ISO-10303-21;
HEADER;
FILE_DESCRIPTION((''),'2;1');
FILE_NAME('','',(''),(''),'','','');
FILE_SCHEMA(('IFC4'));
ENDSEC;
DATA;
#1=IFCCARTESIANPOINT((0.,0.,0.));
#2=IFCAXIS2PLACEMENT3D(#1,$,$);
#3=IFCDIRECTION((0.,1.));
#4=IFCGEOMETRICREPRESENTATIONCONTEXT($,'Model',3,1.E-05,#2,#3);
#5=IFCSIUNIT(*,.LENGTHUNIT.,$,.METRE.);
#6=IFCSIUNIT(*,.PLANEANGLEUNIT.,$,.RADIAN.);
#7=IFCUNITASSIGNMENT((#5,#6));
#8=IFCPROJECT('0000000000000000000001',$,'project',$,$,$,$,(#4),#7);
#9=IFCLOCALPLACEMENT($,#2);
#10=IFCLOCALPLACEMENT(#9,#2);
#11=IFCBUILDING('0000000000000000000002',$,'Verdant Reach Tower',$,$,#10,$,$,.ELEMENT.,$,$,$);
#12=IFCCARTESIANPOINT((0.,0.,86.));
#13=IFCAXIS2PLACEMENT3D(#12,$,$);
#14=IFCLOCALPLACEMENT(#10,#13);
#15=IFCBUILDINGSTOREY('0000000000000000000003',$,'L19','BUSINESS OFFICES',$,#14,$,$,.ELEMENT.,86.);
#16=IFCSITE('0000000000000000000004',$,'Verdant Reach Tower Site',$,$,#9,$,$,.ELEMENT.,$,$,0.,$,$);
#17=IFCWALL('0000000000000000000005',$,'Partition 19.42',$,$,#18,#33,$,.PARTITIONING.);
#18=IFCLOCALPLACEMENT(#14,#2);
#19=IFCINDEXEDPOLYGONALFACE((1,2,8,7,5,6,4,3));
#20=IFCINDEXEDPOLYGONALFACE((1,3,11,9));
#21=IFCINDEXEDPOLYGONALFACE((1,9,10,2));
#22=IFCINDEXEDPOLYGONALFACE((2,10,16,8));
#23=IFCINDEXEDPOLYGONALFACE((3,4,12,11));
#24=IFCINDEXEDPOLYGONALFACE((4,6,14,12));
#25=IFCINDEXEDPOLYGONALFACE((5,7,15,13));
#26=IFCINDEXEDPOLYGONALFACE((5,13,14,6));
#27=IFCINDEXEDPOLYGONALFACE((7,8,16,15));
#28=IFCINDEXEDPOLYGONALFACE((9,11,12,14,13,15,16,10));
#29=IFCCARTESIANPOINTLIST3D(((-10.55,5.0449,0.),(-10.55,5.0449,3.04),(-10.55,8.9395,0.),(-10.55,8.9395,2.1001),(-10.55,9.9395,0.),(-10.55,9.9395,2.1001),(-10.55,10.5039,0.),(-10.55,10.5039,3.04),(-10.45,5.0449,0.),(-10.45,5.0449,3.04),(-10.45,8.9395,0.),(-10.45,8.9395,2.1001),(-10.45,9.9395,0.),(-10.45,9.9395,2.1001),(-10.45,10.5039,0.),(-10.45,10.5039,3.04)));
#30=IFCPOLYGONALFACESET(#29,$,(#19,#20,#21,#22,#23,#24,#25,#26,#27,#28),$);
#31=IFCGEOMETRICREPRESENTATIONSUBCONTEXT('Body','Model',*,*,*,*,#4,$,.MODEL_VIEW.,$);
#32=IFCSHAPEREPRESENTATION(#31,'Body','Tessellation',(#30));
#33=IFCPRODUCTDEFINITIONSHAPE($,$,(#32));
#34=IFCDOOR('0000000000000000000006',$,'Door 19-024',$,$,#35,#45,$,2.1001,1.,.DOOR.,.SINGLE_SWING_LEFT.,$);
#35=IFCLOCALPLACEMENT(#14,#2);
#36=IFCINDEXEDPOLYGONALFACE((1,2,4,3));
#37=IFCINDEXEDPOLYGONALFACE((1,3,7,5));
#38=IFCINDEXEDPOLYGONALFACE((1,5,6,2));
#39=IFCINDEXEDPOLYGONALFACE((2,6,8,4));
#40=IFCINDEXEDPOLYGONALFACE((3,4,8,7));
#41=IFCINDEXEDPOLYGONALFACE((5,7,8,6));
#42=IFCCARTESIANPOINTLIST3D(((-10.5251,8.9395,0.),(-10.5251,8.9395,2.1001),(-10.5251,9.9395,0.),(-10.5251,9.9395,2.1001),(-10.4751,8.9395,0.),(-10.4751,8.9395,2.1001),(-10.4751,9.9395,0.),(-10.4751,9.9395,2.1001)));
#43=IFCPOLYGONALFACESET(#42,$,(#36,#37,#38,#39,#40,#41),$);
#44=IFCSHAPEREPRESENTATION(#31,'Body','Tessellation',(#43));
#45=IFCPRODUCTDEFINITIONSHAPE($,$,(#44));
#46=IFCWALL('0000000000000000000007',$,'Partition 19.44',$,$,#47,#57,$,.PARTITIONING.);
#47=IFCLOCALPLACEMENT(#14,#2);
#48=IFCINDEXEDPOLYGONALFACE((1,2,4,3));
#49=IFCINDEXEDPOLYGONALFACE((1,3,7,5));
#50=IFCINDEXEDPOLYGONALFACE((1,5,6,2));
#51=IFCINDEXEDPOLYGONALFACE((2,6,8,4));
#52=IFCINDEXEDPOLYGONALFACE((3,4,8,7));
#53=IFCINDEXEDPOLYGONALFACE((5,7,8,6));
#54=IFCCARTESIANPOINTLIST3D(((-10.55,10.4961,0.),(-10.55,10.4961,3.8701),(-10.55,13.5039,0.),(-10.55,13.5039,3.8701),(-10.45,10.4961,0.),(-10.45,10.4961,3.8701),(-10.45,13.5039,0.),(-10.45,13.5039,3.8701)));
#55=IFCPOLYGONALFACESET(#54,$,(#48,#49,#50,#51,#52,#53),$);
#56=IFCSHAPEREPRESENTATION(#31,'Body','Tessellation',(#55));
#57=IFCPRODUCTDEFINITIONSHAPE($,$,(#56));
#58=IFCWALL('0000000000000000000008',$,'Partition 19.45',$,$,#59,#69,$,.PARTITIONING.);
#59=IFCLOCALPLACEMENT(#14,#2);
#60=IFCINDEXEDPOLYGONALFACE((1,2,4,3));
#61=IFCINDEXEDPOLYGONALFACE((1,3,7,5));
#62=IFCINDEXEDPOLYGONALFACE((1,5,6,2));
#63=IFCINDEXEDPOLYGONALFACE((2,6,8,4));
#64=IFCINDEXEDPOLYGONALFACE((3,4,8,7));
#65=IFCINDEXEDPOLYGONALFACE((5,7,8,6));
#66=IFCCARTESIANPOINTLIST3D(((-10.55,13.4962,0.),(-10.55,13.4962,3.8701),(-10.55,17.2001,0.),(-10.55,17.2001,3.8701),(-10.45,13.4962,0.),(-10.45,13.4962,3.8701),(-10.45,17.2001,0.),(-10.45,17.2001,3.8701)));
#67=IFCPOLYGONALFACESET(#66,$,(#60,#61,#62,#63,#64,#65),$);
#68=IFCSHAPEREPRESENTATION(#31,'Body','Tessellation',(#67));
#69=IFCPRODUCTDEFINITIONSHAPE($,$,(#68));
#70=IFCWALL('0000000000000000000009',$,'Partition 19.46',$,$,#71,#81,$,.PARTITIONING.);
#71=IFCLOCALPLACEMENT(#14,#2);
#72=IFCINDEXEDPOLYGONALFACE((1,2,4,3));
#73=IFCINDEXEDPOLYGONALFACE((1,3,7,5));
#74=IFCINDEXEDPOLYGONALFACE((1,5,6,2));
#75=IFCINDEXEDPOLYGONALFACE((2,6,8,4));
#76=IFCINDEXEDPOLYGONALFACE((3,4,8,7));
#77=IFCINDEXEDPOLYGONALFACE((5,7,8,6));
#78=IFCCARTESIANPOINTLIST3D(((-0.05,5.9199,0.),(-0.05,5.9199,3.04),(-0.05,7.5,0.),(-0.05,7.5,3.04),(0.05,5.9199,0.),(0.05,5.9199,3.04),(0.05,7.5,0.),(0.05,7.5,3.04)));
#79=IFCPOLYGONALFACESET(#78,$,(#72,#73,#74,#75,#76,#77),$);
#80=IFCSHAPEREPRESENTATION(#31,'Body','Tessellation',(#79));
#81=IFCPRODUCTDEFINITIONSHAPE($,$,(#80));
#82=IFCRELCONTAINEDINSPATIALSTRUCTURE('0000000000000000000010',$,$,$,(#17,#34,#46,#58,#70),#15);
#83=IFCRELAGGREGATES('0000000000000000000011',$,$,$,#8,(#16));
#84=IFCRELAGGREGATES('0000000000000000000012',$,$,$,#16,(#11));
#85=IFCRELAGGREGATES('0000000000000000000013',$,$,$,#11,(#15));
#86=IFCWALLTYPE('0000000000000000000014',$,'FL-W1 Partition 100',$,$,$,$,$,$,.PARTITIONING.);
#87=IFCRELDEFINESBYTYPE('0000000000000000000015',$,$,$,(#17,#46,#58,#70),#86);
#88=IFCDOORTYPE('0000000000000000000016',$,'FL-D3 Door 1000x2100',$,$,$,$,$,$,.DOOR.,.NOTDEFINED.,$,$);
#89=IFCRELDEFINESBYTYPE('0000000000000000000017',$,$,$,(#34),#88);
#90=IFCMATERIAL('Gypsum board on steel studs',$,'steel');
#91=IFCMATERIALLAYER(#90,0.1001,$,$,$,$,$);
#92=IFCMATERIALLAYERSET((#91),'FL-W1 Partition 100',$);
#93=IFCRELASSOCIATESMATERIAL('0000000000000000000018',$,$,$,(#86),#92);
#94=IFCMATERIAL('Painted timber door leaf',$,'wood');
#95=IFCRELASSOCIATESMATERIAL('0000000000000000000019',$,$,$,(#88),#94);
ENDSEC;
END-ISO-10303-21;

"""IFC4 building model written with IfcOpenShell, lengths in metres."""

from ifc_helpers import new_model, si_unit, direction, frame, frame_2d, origin, place, context, subcontext, project, spatial, rectangle, extrude, material, layer, layer_set, type_object, element, fill, save


model = new_model("IFC4")

# Units and contexts
model_context = context("Model", 3, precision=1e-05, world=origin(), true_north=direction((0.0, 1.0)))
body_context = subcontext(model_context, "Body", "Model", "MODEL_VIEW")
ifc_project = project(units=[si_unit("LENGTHUNIT", "METRE"), si_unit("PLANEANGLEUNIT", "RADIAN")], contexts=[model_context])

# Site, building, storey
site_placement = place(None, origin())
site = spatial("IfcSite", under=ifc_project, at=site_placement, Name="Verdant Reach Tower Site", CompositionType="ELEMENT", RefElevation=0.0)
building_placement = place(site_placement, origin())
building = spatial("IfcBuilding", under=site, at=building_placement, Name="Verdant Reach Tower", CompositionType="ELEMENT")
storey_placement = place(building_placement, frame((0.0, 0.0, 86.0)))
storey = spatial("IfcBuildingStorey", under=building, at=storey_placement, Name="L19", Description="BUSINESS OFFICES", CompositionType="ELEMENT", Elevation=86.0)

# Wall, opening, door
ifc_material_1 = material(Name="Gypsum board on steel studs", Category="steel")
ifc_layer_1 = layer(ifc_material_1, 0.1001)
ifc_layer_set_1 = layer_set([ifc_layer_1], Name="FL-W1 Partition 100")
wall_type = type_object("IfcWallType", Name="FL-W1 Partition 100", PredefinedType="PARTITIONING", material=ifc_layer_set_1)
wall_1_placement = place(storey_placement, frame((-10.5, 10.5039, 0.0), z_axis=(0.0, 0.0, 1.0), x_axis=(0.0, -1.0, 0.0)))
wall_1 = element("IfcWall", 1, at=wall_1_placement, inside=storey, type_object=wall_type, Name="Partition 19.42", PredefinedType="PARTITIONING", context=body_context, shape_type="SweptSolid", body=[
    extrude(rectangle(XDim=5.459, YDim=0.1001, at=frame_2d((2.7295, 0.0))), origin(), (0.0, 0.0, 1.0), 3.04),
])
opening_placement = place(wall_1_placement, frame((0.5645, 0.0, 0.0)))
opening = element("IfcOpeningElement", 2, at=opening_placement, cuts=wall_1, PredefinedType="OPENING", context=body_context, shape_type="SweptSolid", body=[
    extrude(rectangle(XDim=1.0, YDim=2.1001, at=frame_2d((0.5, 1.05))), frame((0.0, 0.0601, 0.0), z_axis=(0.0, -1.0, 0.0), x_axis=(1.0, 0.0, 0.0)), (0.0, 0.0, 1.0), 0.1201),
])
ifc_material_2 = material(Name="Painted timber door leaf", Category="wood")
door_type = type_object("IfcDoorType", Name="FL-D3 Door 1000x2100", OperationType="NOTDEFINED", PredefinedType="DOOR", material=ifc_material_2)
door_placement = place(opening_placement, origin())
door = element("IfcDoor", 3, at=door_placement, inside=storey, type_object=door_type, Name="Door 19-024", OperationType="SINGLE_SWING_LEFT", OverallHeight=2.1001, OverallWidth=1.0, PredefinedType="DOOR", context=body_context, shape_type="SweptSolid", body=[
    extrude(rectangle(XDim=1.0, YDim=2.1001, at=frame_2d((0.5, 1.05))), frame((0.0, 0.0249, 0.0), z_axis=(0.0, -1.0, 0.0), x_axis=(1.0, 0.0, 0.0)), (0.0, 0.0, 1.0), 0.05),
])
fill(opening, door)

# Walls
wall_2_placement = place(storey_placement, frame((-10.5, 10.4961, 0.0), z_axis=(0.0, 0.0, 1.0), x_axis=(0.0, 1.0, 0.0)))
element("IfcWall", 4, at=wall_2_placement, inside=storey, type_object=wall_type, Name="Partition 19.44", PredefinedType="PARTITIONING", context=body_context, shape_type="SweptSolid", body=[
    extrude(rectangle(XDim=3.0078, YDim=0.1001, at=frame_2d((1.5039, 0.0))), origin(), (0.0, 0.0, 1.0), 3.8701),
])
wall_3_placement = place(storey_placement, frame((-10.5, 13.4961, 0.0), z_axis=(0.0, 0.0, 1.0), x_axis=(0.0, 1.0, 0.0)))
element("IfcWall", 5, at=wall_3_placement, inside=storey, type_object=wall_type, Name="Partition 19.45", PredefinedType="PARTITIONING", context=body_context, shape_type="SweptSolid", body=[
    extrude(rectangle(XDim=3.7039, YDim=0.1001, at=frame_2d((1.8521, 0.0))), origin(), (0.0, 0.0, 1.0), 3.8701),
])
wall_4_placement = place(storey_placement, frame((0.0, 5.9199, 0.0), z_axis=(0.0, 0.0, 1.0), x_axis=(0.0, 1.0, 0.0)))
element("IfcWall", 6, at=wall_4_placement, inside=storey, type_object=wall_type, Name="Partition 19.46", PredefinedType="PARTITIONING", context=body_context, shape_type="SweptSolid", body=[
    extrude(rectangle(XDim=1.5801, YDim=0.1001, at=frame_2d((0.79, 0.0))), origin(), (0.0, 0.0, 1.0), 3.04),
])

save(model, "model.ifc")
